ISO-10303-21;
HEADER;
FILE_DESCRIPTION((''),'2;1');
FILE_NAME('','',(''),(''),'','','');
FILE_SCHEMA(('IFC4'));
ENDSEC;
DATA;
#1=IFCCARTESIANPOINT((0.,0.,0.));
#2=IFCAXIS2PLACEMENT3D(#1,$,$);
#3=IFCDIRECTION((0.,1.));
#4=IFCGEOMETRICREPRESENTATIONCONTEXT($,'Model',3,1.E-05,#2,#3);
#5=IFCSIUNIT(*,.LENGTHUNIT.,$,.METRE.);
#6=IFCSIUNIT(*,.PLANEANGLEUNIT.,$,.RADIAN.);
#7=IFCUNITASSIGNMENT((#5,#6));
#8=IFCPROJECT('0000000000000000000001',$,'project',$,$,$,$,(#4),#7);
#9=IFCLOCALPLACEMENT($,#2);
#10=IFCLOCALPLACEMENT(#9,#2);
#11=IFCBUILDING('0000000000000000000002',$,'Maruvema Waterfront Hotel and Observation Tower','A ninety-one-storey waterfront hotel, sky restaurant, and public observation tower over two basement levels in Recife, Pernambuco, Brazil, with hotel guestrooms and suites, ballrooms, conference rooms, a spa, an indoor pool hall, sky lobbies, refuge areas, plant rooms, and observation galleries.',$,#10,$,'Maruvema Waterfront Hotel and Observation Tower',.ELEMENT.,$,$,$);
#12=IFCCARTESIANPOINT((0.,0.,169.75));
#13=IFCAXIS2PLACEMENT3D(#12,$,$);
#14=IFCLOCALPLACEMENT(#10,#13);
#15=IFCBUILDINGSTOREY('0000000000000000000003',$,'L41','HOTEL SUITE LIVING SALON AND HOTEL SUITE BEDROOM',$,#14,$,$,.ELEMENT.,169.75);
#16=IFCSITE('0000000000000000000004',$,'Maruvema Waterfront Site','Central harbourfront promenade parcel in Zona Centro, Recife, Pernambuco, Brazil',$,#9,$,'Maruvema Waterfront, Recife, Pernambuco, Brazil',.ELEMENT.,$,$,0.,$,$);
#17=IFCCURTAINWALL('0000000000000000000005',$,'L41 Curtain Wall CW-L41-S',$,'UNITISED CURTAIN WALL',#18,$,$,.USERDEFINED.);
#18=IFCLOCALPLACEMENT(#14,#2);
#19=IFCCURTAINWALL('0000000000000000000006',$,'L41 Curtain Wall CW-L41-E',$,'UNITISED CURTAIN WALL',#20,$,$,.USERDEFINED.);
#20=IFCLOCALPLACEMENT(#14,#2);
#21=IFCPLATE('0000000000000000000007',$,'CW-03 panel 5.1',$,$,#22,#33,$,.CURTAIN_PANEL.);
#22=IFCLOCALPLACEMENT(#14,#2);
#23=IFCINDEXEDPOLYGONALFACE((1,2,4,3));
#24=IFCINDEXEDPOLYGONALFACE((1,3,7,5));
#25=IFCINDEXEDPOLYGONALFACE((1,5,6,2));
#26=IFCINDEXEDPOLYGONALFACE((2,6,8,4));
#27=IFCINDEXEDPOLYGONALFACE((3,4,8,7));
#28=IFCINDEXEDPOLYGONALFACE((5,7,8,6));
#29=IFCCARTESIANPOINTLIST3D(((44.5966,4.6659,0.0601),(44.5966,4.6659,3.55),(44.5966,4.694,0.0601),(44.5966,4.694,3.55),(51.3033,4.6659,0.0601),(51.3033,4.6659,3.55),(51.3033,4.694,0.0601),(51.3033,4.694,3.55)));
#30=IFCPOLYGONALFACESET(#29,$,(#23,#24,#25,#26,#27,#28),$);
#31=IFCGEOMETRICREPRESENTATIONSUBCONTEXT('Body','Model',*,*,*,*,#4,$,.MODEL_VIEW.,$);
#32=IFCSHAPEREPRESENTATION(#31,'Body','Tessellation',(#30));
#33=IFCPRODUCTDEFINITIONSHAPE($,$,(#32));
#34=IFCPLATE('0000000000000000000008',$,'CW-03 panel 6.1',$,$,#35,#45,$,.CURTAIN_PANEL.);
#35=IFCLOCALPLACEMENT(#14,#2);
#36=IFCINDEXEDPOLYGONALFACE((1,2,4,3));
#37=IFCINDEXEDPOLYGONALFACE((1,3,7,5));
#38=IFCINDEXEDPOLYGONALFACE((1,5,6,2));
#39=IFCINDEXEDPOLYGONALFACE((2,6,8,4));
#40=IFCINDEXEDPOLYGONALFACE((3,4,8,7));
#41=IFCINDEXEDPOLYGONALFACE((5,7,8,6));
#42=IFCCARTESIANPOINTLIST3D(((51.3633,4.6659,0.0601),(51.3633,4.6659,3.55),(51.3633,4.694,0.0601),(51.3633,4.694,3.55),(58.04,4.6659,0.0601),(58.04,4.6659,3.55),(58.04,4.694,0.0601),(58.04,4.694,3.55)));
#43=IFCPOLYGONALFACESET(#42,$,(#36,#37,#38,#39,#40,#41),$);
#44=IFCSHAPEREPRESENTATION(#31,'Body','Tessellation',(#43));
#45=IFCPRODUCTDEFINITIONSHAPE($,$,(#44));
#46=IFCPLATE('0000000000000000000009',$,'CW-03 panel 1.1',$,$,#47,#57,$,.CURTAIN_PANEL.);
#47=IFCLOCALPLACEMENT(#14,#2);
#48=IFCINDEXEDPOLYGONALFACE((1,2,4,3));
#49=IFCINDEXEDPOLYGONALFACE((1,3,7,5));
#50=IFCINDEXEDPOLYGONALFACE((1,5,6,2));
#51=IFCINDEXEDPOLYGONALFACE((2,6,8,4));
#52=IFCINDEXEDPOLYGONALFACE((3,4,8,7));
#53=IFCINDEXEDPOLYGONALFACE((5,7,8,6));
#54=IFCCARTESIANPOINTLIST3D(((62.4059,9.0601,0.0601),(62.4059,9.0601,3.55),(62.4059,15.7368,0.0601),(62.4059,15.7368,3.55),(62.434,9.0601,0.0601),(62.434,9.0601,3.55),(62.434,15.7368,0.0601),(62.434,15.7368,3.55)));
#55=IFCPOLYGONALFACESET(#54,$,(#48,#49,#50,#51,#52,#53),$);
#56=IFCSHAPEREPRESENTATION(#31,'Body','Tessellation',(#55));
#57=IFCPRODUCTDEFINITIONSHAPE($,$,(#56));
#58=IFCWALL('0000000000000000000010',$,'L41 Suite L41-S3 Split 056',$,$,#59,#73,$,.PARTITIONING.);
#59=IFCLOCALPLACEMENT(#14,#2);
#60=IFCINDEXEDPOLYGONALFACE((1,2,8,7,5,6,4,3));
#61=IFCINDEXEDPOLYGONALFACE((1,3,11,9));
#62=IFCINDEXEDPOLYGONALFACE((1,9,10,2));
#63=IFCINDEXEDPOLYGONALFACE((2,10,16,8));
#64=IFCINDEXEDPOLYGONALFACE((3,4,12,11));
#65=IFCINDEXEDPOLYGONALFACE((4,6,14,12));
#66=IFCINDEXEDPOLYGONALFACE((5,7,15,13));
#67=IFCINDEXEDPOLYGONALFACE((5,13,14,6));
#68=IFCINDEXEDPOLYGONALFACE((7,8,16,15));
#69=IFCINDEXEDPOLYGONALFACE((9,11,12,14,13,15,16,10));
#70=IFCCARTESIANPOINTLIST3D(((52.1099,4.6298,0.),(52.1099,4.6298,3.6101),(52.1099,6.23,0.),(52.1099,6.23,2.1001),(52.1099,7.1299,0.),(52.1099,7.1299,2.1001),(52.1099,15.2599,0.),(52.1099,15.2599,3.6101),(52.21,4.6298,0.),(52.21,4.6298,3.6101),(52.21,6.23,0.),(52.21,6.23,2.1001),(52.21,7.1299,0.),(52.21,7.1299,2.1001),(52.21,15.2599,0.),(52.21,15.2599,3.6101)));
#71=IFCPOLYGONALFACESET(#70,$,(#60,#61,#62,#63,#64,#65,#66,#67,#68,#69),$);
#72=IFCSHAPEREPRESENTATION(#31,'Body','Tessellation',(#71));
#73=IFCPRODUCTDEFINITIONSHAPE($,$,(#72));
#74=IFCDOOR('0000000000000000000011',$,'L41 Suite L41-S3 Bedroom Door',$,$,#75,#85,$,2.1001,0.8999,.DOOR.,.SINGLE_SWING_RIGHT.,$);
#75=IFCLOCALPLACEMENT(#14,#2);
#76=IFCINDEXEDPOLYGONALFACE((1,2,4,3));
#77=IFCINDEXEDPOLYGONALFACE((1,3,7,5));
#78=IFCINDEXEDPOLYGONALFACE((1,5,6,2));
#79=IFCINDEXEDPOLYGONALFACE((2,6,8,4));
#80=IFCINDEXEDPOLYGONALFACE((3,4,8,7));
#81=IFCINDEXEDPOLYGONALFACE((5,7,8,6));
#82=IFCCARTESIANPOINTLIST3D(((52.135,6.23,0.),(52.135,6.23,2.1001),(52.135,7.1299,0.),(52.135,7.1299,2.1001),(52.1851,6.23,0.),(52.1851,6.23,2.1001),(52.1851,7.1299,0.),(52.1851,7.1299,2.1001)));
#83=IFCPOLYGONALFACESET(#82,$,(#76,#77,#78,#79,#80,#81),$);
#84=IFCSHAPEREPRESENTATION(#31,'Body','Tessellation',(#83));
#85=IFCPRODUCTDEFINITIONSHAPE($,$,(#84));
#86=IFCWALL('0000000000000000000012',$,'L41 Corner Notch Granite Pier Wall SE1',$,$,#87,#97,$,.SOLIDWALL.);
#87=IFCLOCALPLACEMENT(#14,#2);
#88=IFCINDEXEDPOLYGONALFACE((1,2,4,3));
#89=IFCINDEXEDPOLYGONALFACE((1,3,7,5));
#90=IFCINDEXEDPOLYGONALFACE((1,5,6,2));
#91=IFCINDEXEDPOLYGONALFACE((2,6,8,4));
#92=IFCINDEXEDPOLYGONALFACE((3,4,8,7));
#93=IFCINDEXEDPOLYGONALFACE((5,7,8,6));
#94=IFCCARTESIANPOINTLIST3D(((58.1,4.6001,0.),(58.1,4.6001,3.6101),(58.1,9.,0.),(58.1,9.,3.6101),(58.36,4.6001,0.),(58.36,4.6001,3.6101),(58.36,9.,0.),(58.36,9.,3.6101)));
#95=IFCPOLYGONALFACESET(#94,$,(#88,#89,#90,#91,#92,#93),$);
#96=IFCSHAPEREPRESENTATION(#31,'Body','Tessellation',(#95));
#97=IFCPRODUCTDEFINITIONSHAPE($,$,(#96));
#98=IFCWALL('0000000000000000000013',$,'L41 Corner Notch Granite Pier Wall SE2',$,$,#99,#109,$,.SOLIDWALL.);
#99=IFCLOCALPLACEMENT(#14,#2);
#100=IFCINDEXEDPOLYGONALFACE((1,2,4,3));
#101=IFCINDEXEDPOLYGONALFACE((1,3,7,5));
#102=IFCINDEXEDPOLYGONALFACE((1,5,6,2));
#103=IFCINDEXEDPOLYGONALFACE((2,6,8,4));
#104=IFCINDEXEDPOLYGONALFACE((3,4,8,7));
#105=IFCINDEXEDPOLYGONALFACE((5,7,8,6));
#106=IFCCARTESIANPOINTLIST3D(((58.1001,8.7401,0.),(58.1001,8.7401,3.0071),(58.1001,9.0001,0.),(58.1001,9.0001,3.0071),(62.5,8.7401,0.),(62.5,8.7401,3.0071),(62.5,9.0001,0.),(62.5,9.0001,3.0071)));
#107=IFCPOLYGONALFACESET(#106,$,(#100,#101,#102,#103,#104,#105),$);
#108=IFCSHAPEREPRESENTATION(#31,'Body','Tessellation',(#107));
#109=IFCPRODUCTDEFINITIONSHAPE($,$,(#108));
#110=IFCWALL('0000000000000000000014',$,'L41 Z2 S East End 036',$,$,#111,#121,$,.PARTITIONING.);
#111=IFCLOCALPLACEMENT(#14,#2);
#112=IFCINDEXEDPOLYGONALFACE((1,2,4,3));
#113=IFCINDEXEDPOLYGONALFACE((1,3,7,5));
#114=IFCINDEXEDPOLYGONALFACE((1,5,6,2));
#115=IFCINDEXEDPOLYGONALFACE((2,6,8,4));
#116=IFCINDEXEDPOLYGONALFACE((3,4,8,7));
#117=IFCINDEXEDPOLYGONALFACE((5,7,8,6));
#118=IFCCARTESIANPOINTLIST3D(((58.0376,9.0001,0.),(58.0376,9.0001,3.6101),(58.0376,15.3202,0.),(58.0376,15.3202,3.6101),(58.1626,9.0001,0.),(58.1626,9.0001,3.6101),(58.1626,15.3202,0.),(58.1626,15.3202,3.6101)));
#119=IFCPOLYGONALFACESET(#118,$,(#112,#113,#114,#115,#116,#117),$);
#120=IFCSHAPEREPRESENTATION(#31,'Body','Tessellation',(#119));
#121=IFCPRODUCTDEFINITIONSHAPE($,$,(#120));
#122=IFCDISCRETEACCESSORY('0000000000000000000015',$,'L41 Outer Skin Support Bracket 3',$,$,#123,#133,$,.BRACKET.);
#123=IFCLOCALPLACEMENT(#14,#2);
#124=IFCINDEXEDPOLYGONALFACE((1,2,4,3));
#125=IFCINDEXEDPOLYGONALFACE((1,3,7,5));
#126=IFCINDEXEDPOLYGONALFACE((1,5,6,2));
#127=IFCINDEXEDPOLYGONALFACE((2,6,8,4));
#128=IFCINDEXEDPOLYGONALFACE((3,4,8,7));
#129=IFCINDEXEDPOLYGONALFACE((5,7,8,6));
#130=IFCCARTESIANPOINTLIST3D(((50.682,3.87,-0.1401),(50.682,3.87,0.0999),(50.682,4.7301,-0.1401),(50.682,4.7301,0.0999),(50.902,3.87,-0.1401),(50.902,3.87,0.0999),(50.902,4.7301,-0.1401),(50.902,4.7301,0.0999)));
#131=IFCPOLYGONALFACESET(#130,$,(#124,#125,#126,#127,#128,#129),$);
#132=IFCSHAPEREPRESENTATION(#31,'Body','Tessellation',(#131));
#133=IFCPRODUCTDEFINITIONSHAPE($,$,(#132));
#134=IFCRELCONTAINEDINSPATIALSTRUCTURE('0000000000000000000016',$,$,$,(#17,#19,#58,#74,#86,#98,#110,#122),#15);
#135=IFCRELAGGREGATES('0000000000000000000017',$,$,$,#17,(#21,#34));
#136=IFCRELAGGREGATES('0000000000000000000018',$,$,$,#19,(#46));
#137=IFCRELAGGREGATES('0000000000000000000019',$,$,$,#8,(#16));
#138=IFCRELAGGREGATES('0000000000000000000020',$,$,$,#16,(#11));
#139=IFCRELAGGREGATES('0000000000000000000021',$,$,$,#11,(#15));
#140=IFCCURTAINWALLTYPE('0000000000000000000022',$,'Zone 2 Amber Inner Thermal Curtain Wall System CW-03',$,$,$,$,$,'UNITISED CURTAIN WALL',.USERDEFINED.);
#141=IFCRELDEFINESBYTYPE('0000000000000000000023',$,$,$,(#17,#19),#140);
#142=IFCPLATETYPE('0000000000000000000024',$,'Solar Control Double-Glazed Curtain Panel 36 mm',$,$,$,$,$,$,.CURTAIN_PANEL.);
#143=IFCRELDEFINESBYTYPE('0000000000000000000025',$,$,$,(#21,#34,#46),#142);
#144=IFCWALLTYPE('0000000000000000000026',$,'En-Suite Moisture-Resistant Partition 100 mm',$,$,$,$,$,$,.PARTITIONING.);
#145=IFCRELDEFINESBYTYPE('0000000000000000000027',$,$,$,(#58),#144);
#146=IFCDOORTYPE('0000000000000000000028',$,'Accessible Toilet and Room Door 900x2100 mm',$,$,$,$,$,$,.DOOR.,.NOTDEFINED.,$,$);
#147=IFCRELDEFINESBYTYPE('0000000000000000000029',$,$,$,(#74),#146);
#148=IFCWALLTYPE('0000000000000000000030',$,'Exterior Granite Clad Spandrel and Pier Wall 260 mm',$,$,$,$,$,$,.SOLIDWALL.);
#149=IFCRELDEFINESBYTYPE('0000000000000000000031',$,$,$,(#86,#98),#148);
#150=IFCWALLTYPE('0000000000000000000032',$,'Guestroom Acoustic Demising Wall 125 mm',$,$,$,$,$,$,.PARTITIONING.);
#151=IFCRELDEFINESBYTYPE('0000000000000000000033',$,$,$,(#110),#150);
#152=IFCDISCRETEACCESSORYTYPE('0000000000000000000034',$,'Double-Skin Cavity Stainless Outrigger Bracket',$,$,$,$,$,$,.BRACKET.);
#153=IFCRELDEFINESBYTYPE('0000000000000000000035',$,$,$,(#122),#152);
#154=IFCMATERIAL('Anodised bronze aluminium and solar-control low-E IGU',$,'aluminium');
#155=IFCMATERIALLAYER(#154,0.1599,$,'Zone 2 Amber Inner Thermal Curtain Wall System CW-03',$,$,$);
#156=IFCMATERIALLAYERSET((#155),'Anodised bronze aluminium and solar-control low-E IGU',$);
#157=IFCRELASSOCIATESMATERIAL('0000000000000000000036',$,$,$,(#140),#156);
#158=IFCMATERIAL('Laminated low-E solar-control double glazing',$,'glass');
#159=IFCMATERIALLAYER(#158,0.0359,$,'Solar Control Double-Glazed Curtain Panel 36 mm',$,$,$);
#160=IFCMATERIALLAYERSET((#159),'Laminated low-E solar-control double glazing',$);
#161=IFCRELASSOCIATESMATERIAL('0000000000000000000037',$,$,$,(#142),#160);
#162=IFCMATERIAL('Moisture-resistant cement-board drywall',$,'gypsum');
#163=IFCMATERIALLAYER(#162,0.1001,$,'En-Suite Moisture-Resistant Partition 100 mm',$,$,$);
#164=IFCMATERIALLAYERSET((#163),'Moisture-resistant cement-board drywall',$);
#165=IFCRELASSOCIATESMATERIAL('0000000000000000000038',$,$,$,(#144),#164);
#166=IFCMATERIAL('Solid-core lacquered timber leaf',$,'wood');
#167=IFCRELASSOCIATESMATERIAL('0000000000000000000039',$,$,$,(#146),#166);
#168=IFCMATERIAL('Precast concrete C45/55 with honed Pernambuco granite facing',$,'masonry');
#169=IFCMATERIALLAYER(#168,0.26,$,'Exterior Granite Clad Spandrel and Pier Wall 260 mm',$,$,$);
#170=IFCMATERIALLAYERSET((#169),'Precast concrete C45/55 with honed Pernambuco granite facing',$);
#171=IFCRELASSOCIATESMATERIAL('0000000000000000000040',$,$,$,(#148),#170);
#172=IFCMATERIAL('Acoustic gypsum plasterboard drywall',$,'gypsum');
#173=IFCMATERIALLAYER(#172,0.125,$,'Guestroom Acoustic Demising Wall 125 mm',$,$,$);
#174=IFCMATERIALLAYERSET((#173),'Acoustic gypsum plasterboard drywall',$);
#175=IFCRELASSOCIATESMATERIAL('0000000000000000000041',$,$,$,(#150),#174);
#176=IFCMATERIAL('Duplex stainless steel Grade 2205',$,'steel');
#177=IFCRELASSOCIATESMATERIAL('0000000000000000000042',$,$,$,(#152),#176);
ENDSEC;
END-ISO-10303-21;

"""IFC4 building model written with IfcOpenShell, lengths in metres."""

from ifc_helpers import new_model, si_unit, direction, frame, frame_2d, origin, origin_2d, place, context, subcontext, project, spatial, rectangle, extrude, material, layer, layer_set, type_object, element, fill, aggregate, save


model = new_model("IFC4")

# Units and contexts
model_context = context("Model", 3, precision=1e-05, world=origin(), true_north=direction((0.0, 1.0)))
body_context = subcontext(model_context, "Body", "Model", "MODEL_VIEW")
ifc_project = project(units=[si_unit("LENGTHUNIT", "METRE"), si_unit("PLANEANGLEUNIT", "RADIAN")], contexts=[model_context])

# Site, building, storey
site_placement = place(None, origin())
site = spatial("IfcSite", under=ifc_project, at=site_placement, Name="Maruvema Waterfront Site", Description="Central harbourfront promenade parcel in Zona Centro, Recife, Pernambuco, Brazil", LongName="Maruvema Waterfront, Recife, Pernambuco, Brazil", CompositionType="ELEMENT", RefElevation=0.0)
building_placement = place(site_placement, origin())
building = spatial("IfcBuilding", under=site, at=building_placement, Name="Maruvema Waterfront Hotel and Observation Tower", Description="A ninety-one-storey waterfront hotel, sky restaurant, and public observation tower over two basement levels in Recife, Pernambuco, Brazil, with hotel guestrooms and suites, ballrooms, conference rooms, a spa, an indoor pool hall, sky lobbies, refuge areas, plant rooms, and observation galleries.", LongName="Maruvema Waterfront Hotel and Observation Tower", CompositionType="ELEMENT")
storey_placement = place(building_placement, frame((0.0, 0.0, 169.75)))
storey = spatial("IfcBuildingStorey", under=building, at=storey_placement, Name="L41", Description="HOTEL SUITE LIVING SALON AND HOTEL SUITE BEDROOM", CompositionType="ELEMENT", Elevation=169.75)

# Curtain walls
ifc_material_1 = material(Name="Anodised bronze aluminium and solar-control low-E IGU", Category="aluminium")
ifc_layer_1 = layer(ifc_material_1, 0.1599, Name="Zone 2 Amber Inner Thermal Curtain Wall System CW-03")
ifc_layer_set_1 = layer_set([ifc_layer_1], Name="Anodised bronze aluminium and solar-control low-E IGU")
curtain_wall_type = type_object("IfcCurtainWallType", Name="Zone 2 Amber Inner Thermal Curtain Wall System CW-03", ElementType="UNITISED CURTAIN WALL", PredefinedType="USERDEFINED", material=ifc_layer_set_1)
curtain_wall_1_placement = place(storey_placement, origin())
curtain_wall_1 = element("IfcCurtainWall", 1, at=curtain_wall_1_placement, inside=storey, type_object=curtain_wall_type, Name="L41 Curtain Wall CW-L41-S", ObjectType="UNITISED CURTAIN WALL", PredefinedType="USERDEFINED")
curtain_wall_2_placement = place(storey_placement, origin())
curtain_wall_2 = element("IfcCurtainWall", 2, at=curtain_wall_2_placement, inside=storey, type_object=curtain_wall_type, Name="L41 Curtain Wall CW-L41-E", ObjectType="UNITISED CURTAIN WALL", PredefinedType="USERDEFINED")

# Plates
ifc_material_2 = material(Name="Laminated low-E solar-control double glazing", Category="glass")
ifc_layer_2 = layer(ifc_material_2, 0.0359, Name="Solar Control Double-Glazed Curtain Panel 36 mm")
ifc_layer_set_2 = layer_set([ifc_layer_2], Name="Laminated low-E solar-control double glazing")
plate_type = type_object("IfcPlateType", Name="Solar Control Double-Glazed Curtain Panel 36 mm", PredefinedType="CURTAIN_PANEL", material=ifc_layer_set_2)
plate_1_placement = place(storey_placement, frame((47.95, 4.6799, 0.0601), z_axis=(0.0, 0.0, 1.0), x_axis=(1.0, 0.0, 0.0)))
plate_1 = element("IfcPlate", 3, at=plate_1_placement, type_object=plate_type, Name="CW-03 panel 5.1", PredefinedType="CURTAIN_PANEL", context=body_context, shape_type="SweptSolid", body=[
    extrude(rectangle(XDim=6.7068, YDim=0.0281, at=origin_2d()), origin(), (0.0, 0.0, 1.0), 3.49),
])
plate_2_placement = place(storey_placement, frame((54.7017, 4.6799, 0.0601), z_axis=(0.0, 0.0, 1.0), x_axis=(1.0, 0.0, 0.0)))
plate_2 = element("IfcPlate", 4, at=plate_2_placement, type_object=plate_type, Name="CW-03 panel 6.1", PredefinedType="CURTAIN_PANEL", context=body_context, shape_type="SweptSolid", body=[
    extrude(rectangle(XDim=6.6768, YDim=0.0281, at=origin_2d()), origin(), (0.0, 0.0, 1.0), 3.49),
])
aggregate(curtain_wall_1, [plate_1, plate_2])
plate_3_placement = place(storey_placement, frame((62.4199, 12.3984, 0.0601), z_axis=(0.0, 0.0, 1.0), x_axis=(0.0, 1.0, 0.0)))
plate_3 = element("IfcPlate", 5, at=plate_3_placement, type_object=plate_type, Name="CW-03 panel 1.1", PredefinedType="CURTAIN_PANEL", context=body_context, shape_type="SweptSolid", body=[
    extrude(rectangle(XDim=6.6768, YDim=0.0281, at=origin_2d()), origin(), (0.0, 0.0, 1.0), 3.49),
])
aggregate(curtain_wall_2, [plate_3])

# Wall, opening, door
ifc_material_3 = material(Name="Moisture-resistant cement-board drywall", Category="gypsum")
ifc_layer_3 = layer(ifc_material_3, 0.1001, Name="En-Suite Moisture-Resistant Partition 100 mm")
ifc_layer_set_3 = layer_set([ifc_layer_3], Name="Moisture-resistant cement-board drywall")
wall_type_1 = type_object("IfcWallType", Name="En-Suite Moisture-Resistant Partition 100 mm", PredefinedType="PARTITIONING", material=ifc_layer_set_3)
wall_1_placement = place(storey_placement, frame((52.1599, 4.6299, 0.0), z_axis=(0.0, 0.0, 1.0), x_axis=(0.0, 1.0, 0.0)))
wall_1 = element("IfcWall", 6, at=wall_1_placement, inside=storey, type_object=wall_type_1, Name="L41 Suite L41-S3 Split 056", PredefinedType="PARTITIONING", context=body_context, shape_type="SweptSolid", body=[
    extrude(rectangle(XDim=10.6301, YDim=0.1001, at=frame_2d((5.3149, 0.0))), origin(), (0.0, 0.0, 1.0), 3.6101),
])
opening_placement = place(wall_1_placement, frame((1.6001, 0.0, 0.0)))
opening = element("IfcOpeningElement", 7, at=opening_placement, cuts=wall_1, PredefinedType="OPENING", context=body_context, shape_type="SweptSolid", body=[
    extrude(rectangle(XDim=0.8999, YDim=2.1001, at=frame_2d((0.45, 1.05))), frame((0.0, 0.0601, 0.0), z_axis=(0.0, -1.0, 0.0), x_axis=(1.0, 0.0, 0.0)), (0.0, 0.0, 1.0), 0.1201),
])
ifc_material_4 = material(Name="Solid-core lacquered timber leaf", Category="wood")
door_type = type_object("IfcDoorType", Name="Accessible Toilet and Room Door 900x2100 mm", OperationType="NOTDEFINED", PredefinedType="DOOR", material=ifc_material_4)
door_placement = place(opening_placement, origin())
door = element("IfcDoor", 8, at=door_placement, inside=storey, type_object=door_type, Name="L41 Suite L41-S3 Bedroom Door", OperationType="SINGLE_SWING_RIGHT", OverallHeight=2.1001, OverallWidth=0.8999, PredefinedType="DOOR", context=body_context, shape_type="SweptSolid", body=[
    extrude(rectangle(XDim=0.8999, YDim=2.1001, at=frame_2d((0.45, 1.05))), frame((0.0, 0.0249, 0.0), z_axis=(0.0, -1.0, 0.0), x_axis=(1.0, 0.0, 0.0)), (0.0, 0.0, 1.0), 0.05),
])
fill(opening, door)

# Walls
ifc_material_5 = material(Name="Precast concrete C45/55 with honed Pernambuco granite facing", Category="masonry")
ifc_layer_4 = layer(ifc_material_5, 0.26, Name="Exterior Granite Clad Spandrel and Pier Wall 260 mm")
ifc_layer_set_4 = layer_set([ifc_layer_4], Name="Precast concrete C45/55 with honed Pernambuco granite facing")
wall_type_2 = type_object("IfcWallType", Name="Exterior Granite Clad Spandrel and Pier Wall 260 mm", PredefinedType="SOLIDWALL", material=ifc_layer_set_4)
wall_2_placement = place(storey_placement, frame((58.23, 9.0, 0.0), z_axis=(0.0, 0.0, 1.0), x_axis=(0.0, -1.0, 0.0)))
element("IfcWall", 9, at=wall_2_placement, inside=storey, type_object=wall_type_2, Name="L41 Corner Notch Granite Pier Wall SE1", PredefinedType="SOLIDWALL", context=body_context, shape_type="SweptSolid", body=[
    extrude(rectangle(XDim=4.3999, YDim=0.26, at=frame_2d((2.2, 0.0))), origin(), (0.0, 0.0, 1.0), 3.6101),
])
wall_3_placement = place(storey_placement, frame((62.5, 8.8701, 0.0), z_axis=(0.0, 0.0, 1.0), x_axis=(-1.0, 0.0, 0.0)))
element("IfcWall", 10, at=wall_3_placement, inside=storey, type_object=wall_type_2, Name="L41 Corner Notch Granite Pier Wall SE2", PredefinedType="SOLIDWALL", context=body_context, shape_type="SweptSolid", body=[
    extrude(rectangle(XDim=4.3999, YDim=0.26, at=frame_2d((2.2, 0.0))), origin(), (0.0, 0.0, 1.0), 3.0071),
])
ifc_material_6 = material(Name="Acoustic gypsum plasterboard drywall", Category="gypsum")
ifc_layer_5 = layer(ifc_material_6, 0.125, Name="Guestroom Acoustic Demising Wall 125 mm")
ifc_layer_set_5 = layer_set([ifc_layer_5], Name="Acoustic gypsum plasterboard drywall")
wall_type_3 = type_object("IfcWallType", Name="Guestroom Acoustic Demising Wall 125 mm", PredefinedType="PARTITIONING", material=ifc_layer_set_5)
wall_4_placement = place(storey_placement, frame((58.1001, 9.0, 0.0), z_axis=(0.0, 0.0, 1.0), x_axis=(0.0, 1.0, 0.0)))
element("IfcWall", 11, at=wall_4_placement, inside=storey, type_object=wall_type_3, Name="L41 Z2 S East End 036", PredefinedType="PARTITIONING", context=body_context, shape_type="SweptSolid", body=[
    extrude(rectangle(XDim=6.3201, YDim=0.125, at=frame_2d((3.1602, 0.0))), origin(), (0.0, 0.0, 1.0), 3.6101),
])

# Discrete accessory
ifc_material_7 = material(Name="Duplex stainless steel Grade 2205", Category="steel")
discrete_accessory_type = type_object("IfcDiscreteAccessoryType", Name="Double-Skin Cavity Stainless Outrigger Bracket", PredefinedType="BRACKET", material=ifc_material_7)
discrete_accessory_placement = place(storey_placement, frame((50.792, 4.3, -0.1401), z_axis=(0.0, 0.0, 1.0), x_axis=(1.0, 0.0, 0.0)))
element("IfcDiscreteAccessory", 12, at=discrete_accessory_placement, inside=storey, type_object=discrete_accessory_type, Name="L41 Outer Skin Support Bracket 3", PredefinedType="BRACKET", context=body_context, shape_type="SweptSolid", body=[
    extrude(rectangle(XDim=0.22, YDim=0.8601, at=origin_2d()), origin(), (0.0, 0.0, 1.0), 0.24),
])

save(model, "model.ifc")
